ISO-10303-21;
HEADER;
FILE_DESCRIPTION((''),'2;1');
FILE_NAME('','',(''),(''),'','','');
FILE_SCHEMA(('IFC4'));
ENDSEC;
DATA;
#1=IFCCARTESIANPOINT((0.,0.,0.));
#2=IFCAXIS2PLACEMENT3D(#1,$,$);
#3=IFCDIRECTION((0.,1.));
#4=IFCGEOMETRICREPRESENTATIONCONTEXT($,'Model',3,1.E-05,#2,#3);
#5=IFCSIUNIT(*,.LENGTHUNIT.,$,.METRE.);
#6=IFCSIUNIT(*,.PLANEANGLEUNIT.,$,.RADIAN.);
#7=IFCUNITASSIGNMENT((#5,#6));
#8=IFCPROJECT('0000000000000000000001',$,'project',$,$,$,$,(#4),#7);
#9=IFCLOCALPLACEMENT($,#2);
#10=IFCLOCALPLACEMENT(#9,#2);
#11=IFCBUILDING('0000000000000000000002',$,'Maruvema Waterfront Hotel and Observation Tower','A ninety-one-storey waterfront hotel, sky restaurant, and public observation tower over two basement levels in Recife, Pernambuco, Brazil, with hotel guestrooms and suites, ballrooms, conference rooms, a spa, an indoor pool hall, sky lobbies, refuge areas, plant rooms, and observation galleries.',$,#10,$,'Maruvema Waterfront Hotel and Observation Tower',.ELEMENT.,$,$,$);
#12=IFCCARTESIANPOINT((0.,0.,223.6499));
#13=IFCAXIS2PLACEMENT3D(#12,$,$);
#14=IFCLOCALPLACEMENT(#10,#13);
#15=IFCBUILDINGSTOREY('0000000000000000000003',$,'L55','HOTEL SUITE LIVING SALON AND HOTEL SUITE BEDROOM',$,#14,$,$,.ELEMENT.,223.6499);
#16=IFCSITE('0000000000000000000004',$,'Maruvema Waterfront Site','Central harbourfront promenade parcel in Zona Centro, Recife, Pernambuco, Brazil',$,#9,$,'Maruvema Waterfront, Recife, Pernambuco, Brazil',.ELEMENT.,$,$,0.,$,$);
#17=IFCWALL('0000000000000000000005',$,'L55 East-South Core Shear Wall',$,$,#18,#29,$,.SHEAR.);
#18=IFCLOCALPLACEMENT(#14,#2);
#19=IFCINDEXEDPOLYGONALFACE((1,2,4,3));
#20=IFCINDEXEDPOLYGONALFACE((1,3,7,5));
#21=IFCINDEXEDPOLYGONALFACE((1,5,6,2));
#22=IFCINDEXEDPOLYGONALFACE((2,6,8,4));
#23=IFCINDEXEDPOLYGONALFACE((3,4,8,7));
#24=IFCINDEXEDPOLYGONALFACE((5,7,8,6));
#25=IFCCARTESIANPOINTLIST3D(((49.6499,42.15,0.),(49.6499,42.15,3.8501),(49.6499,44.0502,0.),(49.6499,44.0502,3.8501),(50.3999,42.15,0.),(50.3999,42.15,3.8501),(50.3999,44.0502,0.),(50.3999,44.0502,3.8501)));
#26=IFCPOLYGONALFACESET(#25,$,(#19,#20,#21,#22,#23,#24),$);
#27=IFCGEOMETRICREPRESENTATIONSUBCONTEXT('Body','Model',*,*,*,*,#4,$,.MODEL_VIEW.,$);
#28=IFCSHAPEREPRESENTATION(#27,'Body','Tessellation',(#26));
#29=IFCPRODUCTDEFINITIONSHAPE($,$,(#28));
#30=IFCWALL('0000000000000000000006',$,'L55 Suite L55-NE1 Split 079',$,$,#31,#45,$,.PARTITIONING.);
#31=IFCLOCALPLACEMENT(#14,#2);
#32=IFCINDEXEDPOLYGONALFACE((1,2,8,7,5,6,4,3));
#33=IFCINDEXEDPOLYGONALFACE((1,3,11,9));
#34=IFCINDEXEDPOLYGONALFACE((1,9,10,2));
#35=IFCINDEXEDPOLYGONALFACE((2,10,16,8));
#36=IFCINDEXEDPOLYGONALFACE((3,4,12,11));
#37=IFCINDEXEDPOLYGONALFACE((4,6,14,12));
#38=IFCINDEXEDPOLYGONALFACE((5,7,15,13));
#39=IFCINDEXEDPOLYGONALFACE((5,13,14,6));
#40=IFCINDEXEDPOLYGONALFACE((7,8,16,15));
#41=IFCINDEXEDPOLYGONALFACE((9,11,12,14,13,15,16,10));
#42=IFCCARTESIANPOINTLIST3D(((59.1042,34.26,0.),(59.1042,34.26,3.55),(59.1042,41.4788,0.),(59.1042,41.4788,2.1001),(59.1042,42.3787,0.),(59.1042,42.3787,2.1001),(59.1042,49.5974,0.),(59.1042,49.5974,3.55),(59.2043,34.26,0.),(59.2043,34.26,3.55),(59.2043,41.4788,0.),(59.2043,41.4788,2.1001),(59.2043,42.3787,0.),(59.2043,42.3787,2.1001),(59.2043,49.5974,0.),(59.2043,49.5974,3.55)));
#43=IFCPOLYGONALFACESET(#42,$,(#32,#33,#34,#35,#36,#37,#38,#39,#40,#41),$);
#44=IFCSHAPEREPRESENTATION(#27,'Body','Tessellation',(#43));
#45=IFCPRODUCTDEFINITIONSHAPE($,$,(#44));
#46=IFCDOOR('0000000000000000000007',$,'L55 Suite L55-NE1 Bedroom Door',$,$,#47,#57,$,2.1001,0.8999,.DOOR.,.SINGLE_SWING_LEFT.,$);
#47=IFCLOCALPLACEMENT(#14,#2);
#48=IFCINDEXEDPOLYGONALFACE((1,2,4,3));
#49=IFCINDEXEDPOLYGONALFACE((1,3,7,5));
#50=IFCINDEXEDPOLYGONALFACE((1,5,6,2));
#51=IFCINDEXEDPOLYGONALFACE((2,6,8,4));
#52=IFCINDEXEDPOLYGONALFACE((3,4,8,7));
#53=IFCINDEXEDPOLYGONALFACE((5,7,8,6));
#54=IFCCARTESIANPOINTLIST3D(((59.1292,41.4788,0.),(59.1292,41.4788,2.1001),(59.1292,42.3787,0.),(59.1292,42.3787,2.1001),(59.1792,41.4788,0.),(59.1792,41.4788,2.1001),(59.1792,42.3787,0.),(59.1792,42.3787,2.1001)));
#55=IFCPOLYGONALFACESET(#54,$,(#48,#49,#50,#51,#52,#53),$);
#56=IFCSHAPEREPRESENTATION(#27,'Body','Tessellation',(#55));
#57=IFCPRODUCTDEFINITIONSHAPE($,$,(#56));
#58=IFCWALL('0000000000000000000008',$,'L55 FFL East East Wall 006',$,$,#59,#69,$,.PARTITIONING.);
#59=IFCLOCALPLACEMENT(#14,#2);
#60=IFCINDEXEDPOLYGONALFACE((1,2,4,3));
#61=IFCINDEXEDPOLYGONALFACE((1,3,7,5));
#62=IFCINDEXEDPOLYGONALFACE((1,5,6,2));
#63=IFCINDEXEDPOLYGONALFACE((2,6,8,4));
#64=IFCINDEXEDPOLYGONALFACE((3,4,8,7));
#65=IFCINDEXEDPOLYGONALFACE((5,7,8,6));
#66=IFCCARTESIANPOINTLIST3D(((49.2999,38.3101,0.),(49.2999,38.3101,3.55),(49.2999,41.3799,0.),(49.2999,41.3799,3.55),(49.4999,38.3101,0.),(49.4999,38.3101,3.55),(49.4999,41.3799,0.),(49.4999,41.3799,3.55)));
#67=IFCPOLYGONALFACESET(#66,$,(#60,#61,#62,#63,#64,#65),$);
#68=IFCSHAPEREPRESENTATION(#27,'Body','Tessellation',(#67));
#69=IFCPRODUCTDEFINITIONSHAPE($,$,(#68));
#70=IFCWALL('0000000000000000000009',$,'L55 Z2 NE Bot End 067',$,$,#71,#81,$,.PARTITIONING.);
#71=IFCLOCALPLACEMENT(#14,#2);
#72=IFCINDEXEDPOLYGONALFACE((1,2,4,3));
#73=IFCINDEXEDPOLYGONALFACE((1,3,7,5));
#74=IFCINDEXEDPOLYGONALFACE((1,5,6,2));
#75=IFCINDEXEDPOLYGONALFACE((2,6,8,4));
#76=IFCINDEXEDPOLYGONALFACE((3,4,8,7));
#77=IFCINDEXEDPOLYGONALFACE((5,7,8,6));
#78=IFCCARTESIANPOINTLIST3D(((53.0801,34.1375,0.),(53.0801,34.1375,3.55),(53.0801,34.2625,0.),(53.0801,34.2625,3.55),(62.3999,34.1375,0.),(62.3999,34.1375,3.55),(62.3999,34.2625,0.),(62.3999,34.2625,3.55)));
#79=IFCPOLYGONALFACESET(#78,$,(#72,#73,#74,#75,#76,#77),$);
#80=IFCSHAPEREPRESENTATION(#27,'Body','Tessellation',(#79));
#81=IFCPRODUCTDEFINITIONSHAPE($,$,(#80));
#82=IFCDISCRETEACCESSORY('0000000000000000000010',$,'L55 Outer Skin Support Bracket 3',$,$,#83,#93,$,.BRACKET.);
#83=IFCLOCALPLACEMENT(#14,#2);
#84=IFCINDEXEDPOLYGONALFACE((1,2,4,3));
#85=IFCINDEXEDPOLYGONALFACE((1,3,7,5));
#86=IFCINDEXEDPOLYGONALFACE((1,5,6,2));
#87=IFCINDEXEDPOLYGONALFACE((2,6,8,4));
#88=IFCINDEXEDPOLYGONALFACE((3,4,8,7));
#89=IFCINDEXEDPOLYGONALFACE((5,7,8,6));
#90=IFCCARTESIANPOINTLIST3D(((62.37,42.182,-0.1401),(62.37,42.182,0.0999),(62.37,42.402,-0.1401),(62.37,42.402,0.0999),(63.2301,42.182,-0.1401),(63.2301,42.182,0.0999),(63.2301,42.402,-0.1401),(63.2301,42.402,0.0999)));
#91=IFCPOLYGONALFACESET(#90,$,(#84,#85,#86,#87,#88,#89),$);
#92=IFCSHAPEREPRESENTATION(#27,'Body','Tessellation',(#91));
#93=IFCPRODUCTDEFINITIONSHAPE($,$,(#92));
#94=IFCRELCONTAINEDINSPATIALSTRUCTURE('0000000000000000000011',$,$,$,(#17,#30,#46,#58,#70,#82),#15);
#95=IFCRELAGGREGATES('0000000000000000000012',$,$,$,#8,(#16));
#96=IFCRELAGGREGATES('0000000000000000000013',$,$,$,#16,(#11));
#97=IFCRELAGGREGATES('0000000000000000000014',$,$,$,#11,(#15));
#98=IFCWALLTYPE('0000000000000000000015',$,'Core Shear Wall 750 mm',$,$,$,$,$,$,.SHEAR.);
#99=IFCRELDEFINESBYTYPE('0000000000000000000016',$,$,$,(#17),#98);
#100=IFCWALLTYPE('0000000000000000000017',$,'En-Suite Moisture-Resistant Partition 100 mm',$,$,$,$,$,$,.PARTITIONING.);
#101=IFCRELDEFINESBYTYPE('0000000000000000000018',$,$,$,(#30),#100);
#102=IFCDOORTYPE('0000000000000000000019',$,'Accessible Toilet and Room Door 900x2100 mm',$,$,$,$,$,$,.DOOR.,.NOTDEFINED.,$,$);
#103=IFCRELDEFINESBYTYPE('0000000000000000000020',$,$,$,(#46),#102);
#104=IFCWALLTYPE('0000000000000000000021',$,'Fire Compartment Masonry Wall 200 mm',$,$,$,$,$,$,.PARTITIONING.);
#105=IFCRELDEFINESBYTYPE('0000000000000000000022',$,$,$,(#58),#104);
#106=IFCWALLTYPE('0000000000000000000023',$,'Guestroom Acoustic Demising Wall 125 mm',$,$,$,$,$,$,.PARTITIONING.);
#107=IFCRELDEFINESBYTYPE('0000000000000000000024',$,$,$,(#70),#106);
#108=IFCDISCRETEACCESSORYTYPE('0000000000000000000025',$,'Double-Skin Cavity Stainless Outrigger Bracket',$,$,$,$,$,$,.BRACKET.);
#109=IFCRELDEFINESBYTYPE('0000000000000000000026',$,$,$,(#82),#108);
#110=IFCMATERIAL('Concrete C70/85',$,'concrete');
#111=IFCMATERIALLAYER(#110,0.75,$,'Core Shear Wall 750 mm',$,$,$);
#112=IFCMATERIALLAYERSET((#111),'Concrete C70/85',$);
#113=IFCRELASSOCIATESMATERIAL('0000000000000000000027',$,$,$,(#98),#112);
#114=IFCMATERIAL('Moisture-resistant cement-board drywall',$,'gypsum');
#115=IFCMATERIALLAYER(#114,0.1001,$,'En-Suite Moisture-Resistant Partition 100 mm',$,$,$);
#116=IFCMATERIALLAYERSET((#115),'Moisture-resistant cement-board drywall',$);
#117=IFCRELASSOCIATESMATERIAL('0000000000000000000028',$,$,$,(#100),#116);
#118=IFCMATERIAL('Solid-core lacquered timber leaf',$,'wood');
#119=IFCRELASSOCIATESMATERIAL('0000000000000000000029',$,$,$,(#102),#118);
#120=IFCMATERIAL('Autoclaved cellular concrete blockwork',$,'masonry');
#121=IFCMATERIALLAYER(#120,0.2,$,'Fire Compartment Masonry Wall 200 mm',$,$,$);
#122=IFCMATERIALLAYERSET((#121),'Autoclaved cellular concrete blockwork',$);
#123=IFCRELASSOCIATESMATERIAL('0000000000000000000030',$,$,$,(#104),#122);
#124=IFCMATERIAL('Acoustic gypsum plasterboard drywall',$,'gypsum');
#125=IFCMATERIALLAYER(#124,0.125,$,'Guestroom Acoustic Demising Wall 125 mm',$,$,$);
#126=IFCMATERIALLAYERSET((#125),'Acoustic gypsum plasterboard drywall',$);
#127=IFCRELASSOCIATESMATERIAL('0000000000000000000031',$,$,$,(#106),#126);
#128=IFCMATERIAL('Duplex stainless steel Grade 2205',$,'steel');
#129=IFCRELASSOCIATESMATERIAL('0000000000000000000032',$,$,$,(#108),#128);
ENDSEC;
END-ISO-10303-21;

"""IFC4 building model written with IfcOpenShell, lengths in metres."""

from ifc_helpers import new_model, si_unit, direction, frame, frame_2d, origin, origin_2d, place, context, subcontext, project, spatial, rectangle, extrude, material, layer, layer_set, type_object, element, fill, save


model = new_model("IFC4")

# Units and contexts
model_context = context("Model", 3, precision=1e-05, world=origin(), true_north=direction((0.0, 1.0)))
body_context = subcontext(model_context, "Body", "Model", "MODEL_VIEW")
ifc_project = project(units=[si_unit("LENGTHUNIT", "METRE"), si_unit("PLANEANGLEUNIT", "RADIAN")], contexts=[model_context])

# Site, building, storey
site_placement = place(None, origin())
site = spatial("IfcSite", under=ifc_project, at=site_placement, Name="Maruvema Waterfront Site", Description="Central harbourfront promenade parcel in Zona Centro, Recife, Pernambuco, Brazil", LongName="Maruvema Waterfront, Recife, Pernambuco, Brazil", CompositionType="ELEMENT", RefElevation=0.0)
building_placement = place(site_placement, origin())
building = spatial("IfcBuilding", under=site, at=building_placement, Name="Maruvema Waterfront Hotel and Observation Tower", Description="A ninety-one-storey waterfront hotel, sky restaurant, and public observation tower over two basement levels in Recife, Pernambuco, Brazil, with hotel guestrooms and suites, ballrooms, conference rooms, a spa, an indoor pool hall, sky lobbies, refuge areas, plant rooms, and observation galleries.", LongName="Maruvema Waterfront Hotel and Observation Tower", CompositionType="ELEMENT")
storey_placement = place(building_placement, frame((0.0, 0.0, 223.6499)))
storey = spatial("IfcBuildingStorey", under=building, at=storey_placement, Name="L55", Description="HOTEL SUITE LIVING SALON AND HOTEL SUITE BEDROOM", CompositionType="ELEMENT", Elevation=223.6499)

# Wall
ifc_material_1 = material(Name="Concrete C70/85", Category="concrete")
ifc_layer_1 = layer(ifc_material_1, 0.75, Name="Core Shear Wall 750 mm")
ifc_layer_set_1 = layer_set([ifc_layer_1], Name="Concrete C70/85")
wall_type_1 = type_object("IfcWallType", Name="Core Shear Wall 750 mm", PredefinedType="SHEAR", material=ifc_layer_set_1)
wall_1_placement = place(storey_placement, frame((50.0249, 42.1499, 0.0), z_axis=(0.0, 0.0, 1.0), x_axis=(0.0, 1.0, 0.0)))
element("IfcWall", 1, at=wall_1_placement, inside=storey, type_object=wall_type_1, Name="L55 East-South Core Shear Wall", PredefinedType="SHEAR", context=body_context, shape_type="SweptSolid", body=[
    extrude(rectangle(XDim=1.9001, YDim=0.75, at=frame_2d((0.9502, 0.0))), origin(), (0.0, 0.0, 1.0), 3.8501),
])

# Wall, opening, door
ifc_material_2 = material(Name="Moisture-resistant cement-board drywall", Category="gypsum")
ifc_layer_2 = layer(ifc_material_2, 0.1001, Name="En-Suite Moisture-Resistant Partition 100 mm")
ifc_layer_set_2 = layer_set([ifc_layer_2], Name="Moisture-resistant cement-board drywall")
wall_type_2 = type_object("IfcWallType", Name="En-Suite Moisture-Resistant Partition 100 mm", PredefinedType="PARTITIONING", material=ifc_layer_set_2)
wall_2_placement = place(storey_placement, frame((59.1543, 34.26, 0.0), z_axis=(0.0, 0.0, 1.0), x_axis=(0.0, 1.0, 0.0)))
wall_2 = element("IfcWall", 2, at=wall_2_placement, inside=storey, type_object=wall_type_2, Name="L55 Suite L55-NE1 Split 079", PredefinedType="PARTITIONING", context=body_context, shape_type="SweptSolid", body=[
    extrude(rectangle(XDim=15.3374, YDim=0.1001, at=frame_2d((7.6687, 0.0))), origin(), (0.0, 0.0, 1.0), 3.55),
])
opening_1_placement = place(wall_2_placement, frame((7.2188, 0.0, 0.0)))
opening_1 = element("IfcOpeningElement", 3, at=opening_1_placement, cuts=wall_2, PredefinedType="OPENING", context=body_context, shape_type="SweptSolid", body=[
    extrude(rectangle(XDim=0.8999, YDim=2.1001, at=frame_2d((0.45, 1.05))), frame((0.0, 0.0601, 0.0), z_axis=(0.0, -1.0, 0.0), x_axis=(1.0, 0.0, 0.0)), (0.0, 0.0, 1.0), 0.1201),
])
ifc_material_3 = material(Name="Solid-core lacquered timber leaf", Category="wood")
door_type_1 = type_object("IfcDoorType", Name="Accessible Toilet and Room Door 900x2100 mm", OperationType="NOTDEFINED", PredefinedType="DOOR", material=ifc_material_3)
door_1_placement = place(opening_1_placement, frame((0.8999, 0.0, 0.0), z_axis=(0.0, 0.0, 1.0), x_axis=(-1.0, 0.0, 0.0)))
door_1 = element("IfcDoor", 4, at=door_1_placement, inside=storey, type_object=door_type_1, Name="L55 Suite L55-NE1 Bedroom Door", OperationType="SINGLE_SWING_LEFT", OverallHeight=2.1001, OverallWidth=0.8999, PredefinedType="DOOR", context=body_context, shape_type="SweptSolid", body=[
    extrude(rectangle(XDim=0.8999, YDim=2.1001, at=frame_2d((0.45, 1.05))), frame((0.0, 0.0249, 0.0), z_axis=(0.0, -1.0, 0.0), x_axis=(1.0, 0.0, 0.0)), (0.0, 0.0, 1.0), 0.05),
])
fill(opening_1, door_1)

# Walls
ifc_material_4 = material(Name="Autoclaved cellular concrete blockwork", Category="masonry")
ifc_layer_3 = layer(ifc_material_4, 0.2, Name="Fire Compartment Masonry Wall 200 mm")
ifc_layer_set_3 = layer_set([ifc_layer_3], Name="Autoclaved cellular concrete blockwork")
wall_type_3 = type_object("IfcWallType", Name="Fire Compartment Masonry Wall 200 mm", PredefinedType="PARTITIONING", material=ifc_layer_set_3)
wall_3_placement = place(storey_placement, frame((49.3999, 38.3101, 0.0), z_axis=(0.0, 0.0, 1.0), x_axis=(0.0, 1.0, 0.0)))
element("IfcWall", 5, at=wall_3_placement, inside=storey, type_object=wall_type_3, Name="L55 FFL East East Wall 006", PredefinedType="PARTITIONING", context=body_context, shape_type="SweptSolid", body=[
    extrude(rectangle(XDim=3.0698, YDim=0.2, at=frame_2d((1.5349, 0.0))), origin(), (0.0, 0.0, 1.0), 3.55),
])
ifc_material_5 = material(Name="Acoustic gypsum plasterboard drywall", Category="gypsum")
ifc_layer_4 = layer(ifc_material_5, 0.125, Name="Guestroom Acoustic Demising Wall 125 mm")
ifc_layer_set_4 = layer_set([ifc_layer_4], Name="Acoustic gypsum plasterboard drywall")
wall_type_4 = type_object("IfcWallType", Name="Guestroom Acoustic Demising Wall 125 mm", PredefinedType="PARTITIONING", material=ifc_layer_set_4)
wall_4_placement = place(storey_placement, frame((53.0801, 34.2, 0.0), z_axis=(0.0, 0.0, 1.0), x_axis=(1.0, 0.0, 0.0)))
element("IfcWall", 6, at=wall_4_placement, inside=storey, type_object=wall_type_4, Name="L55 Z2 NE Bot End 067", PredefinedType="PARTITIONING", context=body_context, shape_type="SweptSolid", body=[
    extrude(rectangle(XDim=9.3198, YDim=0.125, at=frame_2d((4.6599, 0.0))), origin(), (0.0, 0.0, 1.0), 3.55),
])

# Discrete accessory
ifc_material_6 = material(Name="Duplex stainless steel Grade 2205", Category="steel")
discrete_accessory_type = type_object("IfcDiscreteAccessoryType", Name="Double-Skin Cavity Stainless Outrigger Bracket", PredefinedType="BRACKET", material=ifc_material_6)
discrete_accessory_placement = place(storey_placement, frame((62.8, 42.292, -0.1401), z_axis=(0.0, 0.0, 1.0), x_axis=(0.0, 1.0, 0.0)))
element("IfcDiscreteAccessory", 7, at=discrete_accessory_placement, inside=storey, type_object=discrete_accessory_type, Name="L55 Outer Skin Support Bracket 3", PredefinedType="BRACKET", context=body_context, shape_type="SweptSolid", body=[
    extrude(rectangle(XDim=0.22, YDim=0.8601, at=origin_2d()), origin(), (0.0, 0.0, 1.0), 0.24),
])

save(model, "model.ifc")
